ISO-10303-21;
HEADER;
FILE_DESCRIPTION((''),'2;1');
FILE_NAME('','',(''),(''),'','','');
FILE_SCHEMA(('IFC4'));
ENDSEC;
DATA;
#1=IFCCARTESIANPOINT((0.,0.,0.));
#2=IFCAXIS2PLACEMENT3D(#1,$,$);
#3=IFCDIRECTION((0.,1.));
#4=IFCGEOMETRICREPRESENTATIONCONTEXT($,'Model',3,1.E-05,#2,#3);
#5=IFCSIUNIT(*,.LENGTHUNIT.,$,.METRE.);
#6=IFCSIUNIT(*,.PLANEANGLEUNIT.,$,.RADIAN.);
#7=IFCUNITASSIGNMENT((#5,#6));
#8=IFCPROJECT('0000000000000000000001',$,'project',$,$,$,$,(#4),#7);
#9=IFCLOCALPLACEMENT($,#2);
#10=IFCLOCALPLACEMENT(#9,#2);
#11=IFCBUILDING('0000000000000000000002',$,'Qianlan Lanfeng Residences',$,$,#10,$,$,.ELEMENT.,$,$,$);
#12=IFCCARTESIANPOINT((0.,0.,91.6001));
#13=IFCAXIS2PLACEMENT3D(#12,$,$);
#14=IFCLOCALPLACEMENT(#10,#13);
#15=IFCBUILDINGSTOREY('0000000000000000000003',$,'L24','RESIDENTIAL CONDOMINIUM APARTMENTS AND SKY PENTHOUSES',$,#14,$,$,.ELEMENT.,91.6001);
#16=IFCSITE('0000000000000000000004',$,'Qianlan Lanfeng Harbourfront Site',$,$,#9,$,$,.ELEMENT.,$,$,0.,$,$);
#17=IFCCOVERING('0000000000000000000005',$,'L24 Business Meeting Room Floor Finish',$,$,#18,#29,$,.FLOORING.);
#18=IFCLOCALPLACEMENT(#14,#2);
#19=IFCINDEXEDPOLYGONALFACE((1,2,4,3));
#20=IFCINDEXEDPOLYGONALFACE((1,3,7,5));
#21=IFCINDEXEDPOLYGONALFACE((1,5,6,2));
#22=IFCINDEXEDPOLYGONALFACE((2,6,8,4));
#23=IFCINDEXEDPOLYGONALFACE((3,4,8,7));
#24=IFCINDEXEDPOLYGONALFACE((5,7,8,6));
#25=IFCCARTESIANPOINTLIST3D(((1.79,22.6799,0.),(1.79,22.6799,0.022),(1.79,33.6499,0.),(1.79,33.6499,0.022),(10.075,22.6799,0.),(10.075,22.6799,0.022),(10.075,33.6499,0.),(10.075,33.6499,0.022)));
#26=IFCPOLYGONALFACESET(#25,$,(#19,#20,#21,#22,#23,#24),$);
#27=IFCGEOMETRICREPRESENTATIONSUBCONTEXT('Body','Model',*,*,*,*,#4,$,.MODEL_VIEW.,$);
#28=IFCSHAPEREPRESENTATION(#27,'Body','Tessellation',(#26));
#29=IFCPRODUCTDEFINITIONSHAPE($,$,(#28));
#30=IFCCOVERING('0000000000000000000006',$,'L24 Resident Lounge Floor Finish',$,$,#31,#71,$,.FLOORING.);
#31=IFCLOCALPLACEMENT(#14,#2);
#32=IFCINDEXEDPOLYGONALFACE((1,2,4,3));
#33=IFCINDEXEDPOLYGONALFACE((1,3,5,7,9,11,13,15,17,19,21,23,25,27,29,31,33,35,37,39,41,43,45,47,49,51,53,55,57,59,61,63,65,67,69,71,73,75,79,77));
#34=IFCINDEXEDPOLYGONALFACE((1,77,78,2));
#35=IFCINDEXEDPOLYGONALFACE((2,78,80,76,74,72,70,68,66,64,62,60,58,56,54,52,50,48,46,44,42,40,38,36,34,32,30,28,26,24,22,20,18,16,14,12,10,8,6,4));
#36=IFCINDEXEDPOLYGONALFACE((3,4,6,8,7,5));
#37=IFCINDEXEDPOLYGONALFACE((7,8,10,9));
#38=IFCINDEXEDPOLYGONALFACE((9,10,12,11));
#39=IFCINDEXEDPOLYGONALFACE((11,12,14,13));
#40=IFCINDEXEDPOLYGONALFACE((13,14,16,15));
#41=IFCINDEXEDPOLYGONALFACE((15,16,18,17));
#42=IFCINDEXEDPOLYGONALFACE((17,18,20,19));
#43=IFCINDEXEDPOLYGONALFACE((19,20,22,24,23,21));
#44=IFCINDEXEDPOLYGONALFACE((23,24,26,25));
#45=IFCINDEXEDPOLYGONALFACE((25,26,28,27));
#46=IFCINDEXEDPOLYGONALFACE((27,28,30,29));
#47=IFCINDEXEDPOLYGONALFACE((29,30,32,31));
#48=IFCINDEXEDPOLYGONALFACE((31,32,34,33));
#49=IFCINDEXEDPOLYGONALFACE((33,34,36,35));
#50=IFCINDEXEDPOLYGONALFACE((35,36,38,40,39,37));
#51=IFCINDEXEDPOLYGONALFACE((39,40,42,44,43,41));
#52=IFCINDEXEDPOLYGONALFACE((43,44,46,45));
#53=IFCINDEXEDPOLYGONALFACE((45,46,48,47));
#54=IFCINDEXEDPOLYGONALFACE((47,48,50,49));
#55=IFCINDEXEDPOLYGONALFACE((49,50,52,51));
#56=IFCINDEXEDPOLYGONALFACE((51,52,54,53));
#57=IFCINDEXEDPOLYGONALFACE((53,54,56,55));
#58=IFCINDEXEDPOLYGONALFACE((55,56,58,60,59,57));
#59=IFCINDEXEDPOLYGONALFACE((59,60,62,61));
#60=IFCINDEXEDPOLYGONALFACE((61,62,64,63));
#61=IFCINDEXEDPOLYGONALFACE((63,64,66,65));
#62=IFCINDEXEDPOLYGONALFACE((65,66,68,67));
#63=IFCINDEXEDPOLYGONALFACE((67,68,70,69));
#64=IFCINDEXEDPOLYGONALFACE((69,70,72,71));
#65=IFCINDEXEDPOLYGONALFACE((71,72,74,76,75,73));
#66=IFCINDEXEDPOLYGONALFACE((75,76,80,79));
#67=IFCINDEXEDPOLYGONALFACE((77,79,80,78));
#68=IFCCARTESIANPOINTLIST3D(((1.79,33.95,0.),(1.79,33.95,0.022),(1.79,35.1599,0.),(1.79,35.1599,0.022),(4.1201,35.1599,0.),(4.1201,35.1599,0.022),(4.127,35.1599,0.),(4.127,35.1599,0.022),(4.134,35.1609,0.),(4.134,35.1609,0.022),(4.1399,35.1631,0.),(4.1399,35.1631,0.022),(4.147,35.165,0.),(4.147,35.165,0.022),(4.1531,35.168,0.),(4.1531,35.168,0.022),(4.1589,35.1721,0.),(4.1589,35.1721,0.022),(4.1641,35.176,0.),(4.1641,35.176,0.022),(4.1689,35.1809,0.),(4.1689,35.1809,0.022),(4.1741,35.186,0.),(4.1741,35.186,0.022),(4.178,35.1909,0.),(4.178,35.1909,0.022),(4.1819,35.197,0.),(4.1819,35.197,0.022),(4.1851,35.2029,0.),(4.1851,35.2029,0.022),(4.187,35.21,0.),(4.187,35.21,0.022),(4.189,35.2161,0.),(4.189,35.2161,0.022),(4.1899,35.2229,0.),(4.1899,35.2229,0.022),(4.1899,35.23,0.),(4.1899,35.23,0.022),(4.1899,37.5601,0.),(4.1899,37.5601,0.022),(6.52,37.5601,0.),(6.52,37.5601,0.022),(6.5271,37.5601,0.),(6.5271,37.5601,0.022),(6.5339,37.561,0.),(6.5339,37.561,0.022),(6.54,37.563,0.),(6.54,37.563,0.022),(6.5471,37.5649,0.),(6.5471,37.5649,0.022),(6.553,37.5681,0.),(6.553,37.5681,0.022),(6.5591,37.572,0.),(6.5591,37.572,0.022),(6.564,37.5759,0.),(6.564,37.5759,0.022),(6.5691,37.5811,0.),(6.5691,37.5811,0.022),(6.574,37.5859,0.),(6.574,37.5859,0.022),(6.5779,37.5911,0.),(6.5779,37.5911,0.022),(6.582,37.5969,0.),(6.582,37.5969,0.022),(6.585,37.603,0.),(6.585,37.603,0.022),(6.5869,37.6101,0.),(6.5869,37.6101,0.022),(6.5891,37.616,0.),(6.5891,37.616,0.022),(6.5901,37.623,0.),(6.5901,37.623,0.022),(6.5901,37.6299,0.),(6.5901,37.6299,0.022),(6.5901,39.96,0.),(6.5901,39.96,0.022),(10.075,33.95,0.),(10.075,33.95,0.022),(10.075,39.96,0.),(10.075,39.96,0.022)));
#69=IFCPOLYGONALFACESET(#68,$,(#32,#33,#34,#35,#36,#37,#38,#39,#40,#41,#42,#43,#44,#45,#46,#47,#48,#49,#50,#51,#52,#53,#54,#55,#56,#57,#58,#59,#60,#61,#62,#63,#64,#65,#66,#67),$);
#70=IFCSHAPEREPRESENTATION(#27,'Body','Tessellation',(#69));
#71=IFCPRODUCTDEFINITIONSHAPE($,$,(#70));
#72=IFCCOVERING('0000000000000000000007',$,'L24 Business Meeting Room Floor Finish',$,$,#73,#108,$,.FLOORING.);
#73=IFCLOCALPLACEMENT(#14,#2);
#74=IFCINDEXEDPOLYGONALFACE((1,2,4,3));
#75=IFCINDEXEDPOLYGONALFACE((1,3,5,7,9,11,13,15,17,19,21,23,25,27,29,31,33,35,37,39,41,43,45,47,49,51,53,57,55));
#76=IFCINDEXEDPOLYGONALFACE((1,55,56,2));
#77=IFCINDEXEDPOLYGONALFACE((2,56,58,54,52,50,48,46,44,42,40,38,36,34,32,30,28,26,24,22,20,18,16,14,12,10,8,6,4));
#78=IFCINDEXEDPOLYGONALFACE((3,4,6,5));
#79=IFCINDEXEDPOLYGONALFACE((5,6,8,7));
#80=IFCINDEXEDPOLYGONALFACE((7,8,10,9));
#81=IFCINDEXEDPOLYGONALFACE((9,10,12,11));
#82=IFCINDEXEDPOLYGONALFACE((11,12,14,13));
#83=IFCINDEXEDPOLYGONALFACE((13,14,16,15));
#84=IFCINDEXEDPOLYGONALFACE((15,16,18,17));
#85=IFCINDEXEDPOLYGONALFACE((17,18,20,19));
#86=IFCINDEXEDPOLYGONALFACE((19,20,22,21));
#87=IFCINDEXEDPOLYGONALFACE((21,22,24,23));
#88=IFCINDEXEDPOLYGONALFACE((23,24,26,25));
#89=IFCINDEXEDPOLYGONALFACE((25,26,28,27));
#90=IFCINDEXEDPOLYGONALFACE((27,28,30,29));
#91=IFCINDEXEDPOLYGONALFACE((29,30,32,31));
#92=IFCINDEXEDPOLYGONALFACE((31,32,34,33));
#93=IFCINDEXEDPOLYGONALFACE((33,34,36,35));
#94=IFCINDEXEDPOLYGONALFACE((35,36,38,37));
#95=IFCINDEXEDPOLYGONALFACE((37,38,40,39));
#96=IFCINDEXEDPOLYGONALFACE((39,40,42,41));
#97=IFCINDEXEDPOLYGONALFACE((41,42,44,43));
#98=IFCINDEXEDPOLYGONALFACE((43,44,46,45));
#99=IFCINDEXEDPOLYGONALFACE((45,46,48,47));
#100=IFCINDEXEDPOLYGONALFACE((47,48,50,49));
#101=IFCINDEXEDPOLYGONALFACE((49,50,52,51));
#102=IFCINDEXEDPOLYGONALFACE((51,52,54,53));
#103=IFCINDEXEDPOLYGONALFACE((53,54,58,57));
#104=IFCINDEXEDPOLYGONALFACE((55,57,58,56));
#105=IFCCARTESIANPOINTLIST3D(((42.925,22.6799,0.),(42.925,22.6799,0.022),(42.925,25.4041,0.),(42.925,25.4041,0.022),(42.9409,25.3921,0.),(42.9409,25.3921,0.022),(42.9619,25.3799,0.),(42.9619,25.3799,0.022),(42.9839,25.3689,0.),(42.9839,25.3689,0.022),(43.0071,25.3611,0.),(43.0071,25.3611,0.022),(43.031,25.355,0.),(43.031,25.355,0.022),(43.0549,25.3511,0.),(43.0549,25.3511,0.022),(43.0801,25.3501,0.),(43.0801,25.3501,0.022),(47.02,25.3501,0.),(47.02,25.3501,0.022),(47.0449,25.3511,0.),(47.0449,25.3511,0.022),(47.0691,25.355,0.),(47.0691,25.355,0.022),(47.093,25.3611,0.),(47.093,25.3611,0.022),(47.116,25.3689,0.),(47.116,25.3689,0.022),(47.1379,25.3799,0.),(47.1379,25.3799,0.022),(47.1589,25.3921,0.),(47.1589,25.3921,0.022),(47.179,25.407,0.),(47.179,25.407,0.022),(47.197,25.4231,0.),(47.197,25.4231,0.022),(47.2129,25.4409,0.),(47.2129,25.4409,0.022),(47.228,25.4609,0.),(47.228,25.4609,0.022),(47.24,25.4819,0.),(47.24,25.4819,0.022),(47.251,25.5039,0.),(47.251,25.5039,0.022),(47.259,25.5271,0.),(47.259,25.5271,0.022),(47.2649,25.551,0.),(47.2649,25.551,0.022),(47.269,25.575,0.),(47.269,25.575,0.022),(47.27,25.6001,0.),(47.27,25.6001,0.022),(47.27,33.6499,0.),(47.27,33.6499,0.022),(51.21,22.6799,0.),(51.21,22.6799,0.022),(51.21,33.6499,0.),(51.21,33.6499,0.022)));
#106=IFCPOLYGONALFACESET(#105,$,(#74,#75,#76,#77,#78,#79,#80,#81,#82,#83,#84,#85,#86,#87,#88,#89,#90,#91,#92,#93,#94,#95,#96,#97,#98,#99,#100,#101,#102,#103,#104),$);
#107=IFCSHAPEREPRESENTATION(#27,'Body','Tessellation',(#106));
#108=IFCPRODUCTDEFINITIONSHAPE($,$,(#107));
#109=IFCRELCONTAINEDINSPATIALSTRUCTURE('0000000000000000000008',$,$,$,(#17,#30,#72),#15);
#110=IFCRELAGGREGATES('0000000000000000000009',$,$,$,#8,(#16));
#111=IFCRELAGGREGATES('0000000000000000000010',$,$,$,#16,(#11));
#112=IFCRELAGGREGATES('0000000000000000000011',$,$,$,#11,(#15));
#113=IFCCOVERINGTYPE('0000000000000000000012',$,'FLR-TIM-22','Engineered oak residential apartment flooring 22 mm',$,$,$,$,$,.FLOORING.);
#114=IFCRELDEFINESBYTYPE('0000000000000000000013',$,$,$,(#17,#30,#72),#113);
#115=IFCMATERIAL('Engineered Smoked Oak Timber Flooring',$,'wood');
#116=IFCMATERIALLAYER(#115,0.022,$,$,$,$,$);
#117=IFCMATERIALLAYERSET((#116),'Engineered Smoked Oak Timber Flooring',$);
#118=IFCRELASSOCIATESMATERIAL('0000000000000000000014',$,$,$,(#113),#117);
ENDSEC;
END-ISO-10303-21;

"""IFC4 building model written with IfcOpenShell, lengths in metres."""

from ifc_helpers import new_model, si_unit, direction, frame, origin, place, context, subcontext, project, spatial, polyline, outline, extrude, material, layer, layer_set, type_object, element, save


model = new_model("IFC4")

# Units and contexts
model_context = context("Model", 3, precision=1e-05, world=origin(), true_north=direction((0.0, 1.0)))
body_context = subcontext(model_context, "Body", "Model", "MODEL_VIEW")
ifc_project = project(units=[si_unit("LENGTHUNIT", "METRE"), si_unit("PLANEANGLEUNIT", "RADIAN")], contexts=[model_context])

# Site, building, storey
site_placement = place(None, origin())
site = spatial("IfcSite", under=ifc_project, at=site_placement, Name="Qianlan Lanfeng Harbourfront Site", CompositionType="ELEMENT", RefElevation=0.0)
building_placement = place(site_placement, origin())
building = spatial("IfcBuilding", under=site, at=building_placement, Name="Qianlan Lanfeng Residences", CompositionType="ELEMENT")
storey_placement = place(building_placement, frame((0.0, 0.0, 91.6001)))
storey = spatial("IfcBuildingStorey", under=building, at=storey_placement, Name="L24", Description="RESIDENTIAL CONDOMINIUM APARTMENTS AND SKY PENTHOUSES", CompositionType="ELEMENT", Elevation=91.6001)

# Coverings
ifc_material_1 = material(Name="Engineered Smoked Oak Timber Flooring", Category="wood")
ifc_layer_1 = layer(ifc_material_1, 0.022)
ifc_layer_set_1 = layer_set([ifc_layer_1], Name="Engineered Smoked Oak Timber Flooring")
covering_type_1 = type_object("IfcCoveringType", Name="FLR-TIM-22", Description="Engineered oak residential apartment flooring 22 mm", PredefinedType="FLOORING", material=ifc_layer_set_1)
covering_1_placement = place(storey_placement, origin())
element("IfcCovering", 1, at=covering_1_placement, inside=storey, type_object=covering_type_1, Name="L24 Business Meeting Room Floor Finish", PredefinedType="FLOORING", context=body_context, shape_type="SweptSolid", body=[
    extrude(outline(polyline([(10.075, 33.6499), (1.79, 33.6499), (1.79, 22.6799), (10.075, 22.6799), (10.075, 33.6499)])), origin(), (0.0, 0.0, 1.0), 0.022),
])
covering_2_placement = place(storey_placement, origin())
element("IfcCovering", 2, at=covering_2_placement, inside=storey, type_object=covering_type_1, Name="L24 Resident Lounge Floor Finish", PredefinedType="FLOORING", context=body_context, shape_type="SweptSolid", body=[
    extrude(outline(polyline([(1.79, 33.95), (10.075, 33.95), (10.075, 39.96), (6.5901, 39.96), (6.5901, 37.6299), (6.5901, 37.623), (6.5891, 37.616), (6.5869, 37.6101), (6.585, 37.603), (6.582, 37.5969), (6.5779, 37.5911), (6.574, 37.5859), (6.5691, 37.5811), (6.564, 37.5759), (6.5591, 37.572), (6.553, 37.5681), (6.5471, 37.5649), (6.54, 37.563), (6.5339, 37.561), (6.5271, 37.5601), (6.52, 37.5601), (4.1899, 37.5601), (4.1899, 35.23), (4.1899, 35.2229), (4.189, 35.2161), (4.187, 35.21), (4.1851, 35.2029), (4.1819, 35.197), (4.178, 35.1909), (4.1741, 35.186), (4.1689, 35.1809), (4.1641, 35.176), (4.1589, 35.1721), (4.1531, 35.168), (4.147, 35.165), (4.1399, 35.1631), (4.134, 35.1609), (4.127, 35.1599), (4.1201, 35.1599), (1.79, 35.1599), (1.79, 33.95)])), origin(), (0.0, 0.0, 1.0), 0.022),
])
covering_3_placement = place(storey_placement, origin())
element("IfcCovering", 3, at=covering_3_placement, inside=storey, type_object=covering_type_1, Name="L24 Business Meeting Room Floor Finish", PredefinedType="FLOORING", context=body_context, shape_type="SweptSolid", body=[
    extrude(outline(polyline([(51.21, 33.6499), (47.27, 33.6499), (47.27, 25.6001), (47.269, 25.575), (47.2649, 25.551), (47.259, 25.5271), (47.251, 25.5039), (47.24, 25.4819), (47.228, 25.4609), (47.2129, 25.4409), (47.197, 25.4231), (47.179, 25.407), (47.1589, 25.3921), (47.1379, 25.3799), (47.116, 25.3689), (47.093, 25.3611), (47.0691, 25.355), (47.0449, 25.3511), (47.02, 25.3501), (43.0801, 25.3501), (43.0549, 25.3511), (43.031, 25.355), (43.0071, 25.3611), (42.9839, 25.3689), (42.9619, 25.3799), (42.9409, 25.3921), (42.925, 25.4041), (42.925, 22.6799), (51.21, 22.6799), (51.21, 33.6499)])), origin(), (0.0, 0.0, 1.0), 0.022),
])

save(model, "model.ifc")
